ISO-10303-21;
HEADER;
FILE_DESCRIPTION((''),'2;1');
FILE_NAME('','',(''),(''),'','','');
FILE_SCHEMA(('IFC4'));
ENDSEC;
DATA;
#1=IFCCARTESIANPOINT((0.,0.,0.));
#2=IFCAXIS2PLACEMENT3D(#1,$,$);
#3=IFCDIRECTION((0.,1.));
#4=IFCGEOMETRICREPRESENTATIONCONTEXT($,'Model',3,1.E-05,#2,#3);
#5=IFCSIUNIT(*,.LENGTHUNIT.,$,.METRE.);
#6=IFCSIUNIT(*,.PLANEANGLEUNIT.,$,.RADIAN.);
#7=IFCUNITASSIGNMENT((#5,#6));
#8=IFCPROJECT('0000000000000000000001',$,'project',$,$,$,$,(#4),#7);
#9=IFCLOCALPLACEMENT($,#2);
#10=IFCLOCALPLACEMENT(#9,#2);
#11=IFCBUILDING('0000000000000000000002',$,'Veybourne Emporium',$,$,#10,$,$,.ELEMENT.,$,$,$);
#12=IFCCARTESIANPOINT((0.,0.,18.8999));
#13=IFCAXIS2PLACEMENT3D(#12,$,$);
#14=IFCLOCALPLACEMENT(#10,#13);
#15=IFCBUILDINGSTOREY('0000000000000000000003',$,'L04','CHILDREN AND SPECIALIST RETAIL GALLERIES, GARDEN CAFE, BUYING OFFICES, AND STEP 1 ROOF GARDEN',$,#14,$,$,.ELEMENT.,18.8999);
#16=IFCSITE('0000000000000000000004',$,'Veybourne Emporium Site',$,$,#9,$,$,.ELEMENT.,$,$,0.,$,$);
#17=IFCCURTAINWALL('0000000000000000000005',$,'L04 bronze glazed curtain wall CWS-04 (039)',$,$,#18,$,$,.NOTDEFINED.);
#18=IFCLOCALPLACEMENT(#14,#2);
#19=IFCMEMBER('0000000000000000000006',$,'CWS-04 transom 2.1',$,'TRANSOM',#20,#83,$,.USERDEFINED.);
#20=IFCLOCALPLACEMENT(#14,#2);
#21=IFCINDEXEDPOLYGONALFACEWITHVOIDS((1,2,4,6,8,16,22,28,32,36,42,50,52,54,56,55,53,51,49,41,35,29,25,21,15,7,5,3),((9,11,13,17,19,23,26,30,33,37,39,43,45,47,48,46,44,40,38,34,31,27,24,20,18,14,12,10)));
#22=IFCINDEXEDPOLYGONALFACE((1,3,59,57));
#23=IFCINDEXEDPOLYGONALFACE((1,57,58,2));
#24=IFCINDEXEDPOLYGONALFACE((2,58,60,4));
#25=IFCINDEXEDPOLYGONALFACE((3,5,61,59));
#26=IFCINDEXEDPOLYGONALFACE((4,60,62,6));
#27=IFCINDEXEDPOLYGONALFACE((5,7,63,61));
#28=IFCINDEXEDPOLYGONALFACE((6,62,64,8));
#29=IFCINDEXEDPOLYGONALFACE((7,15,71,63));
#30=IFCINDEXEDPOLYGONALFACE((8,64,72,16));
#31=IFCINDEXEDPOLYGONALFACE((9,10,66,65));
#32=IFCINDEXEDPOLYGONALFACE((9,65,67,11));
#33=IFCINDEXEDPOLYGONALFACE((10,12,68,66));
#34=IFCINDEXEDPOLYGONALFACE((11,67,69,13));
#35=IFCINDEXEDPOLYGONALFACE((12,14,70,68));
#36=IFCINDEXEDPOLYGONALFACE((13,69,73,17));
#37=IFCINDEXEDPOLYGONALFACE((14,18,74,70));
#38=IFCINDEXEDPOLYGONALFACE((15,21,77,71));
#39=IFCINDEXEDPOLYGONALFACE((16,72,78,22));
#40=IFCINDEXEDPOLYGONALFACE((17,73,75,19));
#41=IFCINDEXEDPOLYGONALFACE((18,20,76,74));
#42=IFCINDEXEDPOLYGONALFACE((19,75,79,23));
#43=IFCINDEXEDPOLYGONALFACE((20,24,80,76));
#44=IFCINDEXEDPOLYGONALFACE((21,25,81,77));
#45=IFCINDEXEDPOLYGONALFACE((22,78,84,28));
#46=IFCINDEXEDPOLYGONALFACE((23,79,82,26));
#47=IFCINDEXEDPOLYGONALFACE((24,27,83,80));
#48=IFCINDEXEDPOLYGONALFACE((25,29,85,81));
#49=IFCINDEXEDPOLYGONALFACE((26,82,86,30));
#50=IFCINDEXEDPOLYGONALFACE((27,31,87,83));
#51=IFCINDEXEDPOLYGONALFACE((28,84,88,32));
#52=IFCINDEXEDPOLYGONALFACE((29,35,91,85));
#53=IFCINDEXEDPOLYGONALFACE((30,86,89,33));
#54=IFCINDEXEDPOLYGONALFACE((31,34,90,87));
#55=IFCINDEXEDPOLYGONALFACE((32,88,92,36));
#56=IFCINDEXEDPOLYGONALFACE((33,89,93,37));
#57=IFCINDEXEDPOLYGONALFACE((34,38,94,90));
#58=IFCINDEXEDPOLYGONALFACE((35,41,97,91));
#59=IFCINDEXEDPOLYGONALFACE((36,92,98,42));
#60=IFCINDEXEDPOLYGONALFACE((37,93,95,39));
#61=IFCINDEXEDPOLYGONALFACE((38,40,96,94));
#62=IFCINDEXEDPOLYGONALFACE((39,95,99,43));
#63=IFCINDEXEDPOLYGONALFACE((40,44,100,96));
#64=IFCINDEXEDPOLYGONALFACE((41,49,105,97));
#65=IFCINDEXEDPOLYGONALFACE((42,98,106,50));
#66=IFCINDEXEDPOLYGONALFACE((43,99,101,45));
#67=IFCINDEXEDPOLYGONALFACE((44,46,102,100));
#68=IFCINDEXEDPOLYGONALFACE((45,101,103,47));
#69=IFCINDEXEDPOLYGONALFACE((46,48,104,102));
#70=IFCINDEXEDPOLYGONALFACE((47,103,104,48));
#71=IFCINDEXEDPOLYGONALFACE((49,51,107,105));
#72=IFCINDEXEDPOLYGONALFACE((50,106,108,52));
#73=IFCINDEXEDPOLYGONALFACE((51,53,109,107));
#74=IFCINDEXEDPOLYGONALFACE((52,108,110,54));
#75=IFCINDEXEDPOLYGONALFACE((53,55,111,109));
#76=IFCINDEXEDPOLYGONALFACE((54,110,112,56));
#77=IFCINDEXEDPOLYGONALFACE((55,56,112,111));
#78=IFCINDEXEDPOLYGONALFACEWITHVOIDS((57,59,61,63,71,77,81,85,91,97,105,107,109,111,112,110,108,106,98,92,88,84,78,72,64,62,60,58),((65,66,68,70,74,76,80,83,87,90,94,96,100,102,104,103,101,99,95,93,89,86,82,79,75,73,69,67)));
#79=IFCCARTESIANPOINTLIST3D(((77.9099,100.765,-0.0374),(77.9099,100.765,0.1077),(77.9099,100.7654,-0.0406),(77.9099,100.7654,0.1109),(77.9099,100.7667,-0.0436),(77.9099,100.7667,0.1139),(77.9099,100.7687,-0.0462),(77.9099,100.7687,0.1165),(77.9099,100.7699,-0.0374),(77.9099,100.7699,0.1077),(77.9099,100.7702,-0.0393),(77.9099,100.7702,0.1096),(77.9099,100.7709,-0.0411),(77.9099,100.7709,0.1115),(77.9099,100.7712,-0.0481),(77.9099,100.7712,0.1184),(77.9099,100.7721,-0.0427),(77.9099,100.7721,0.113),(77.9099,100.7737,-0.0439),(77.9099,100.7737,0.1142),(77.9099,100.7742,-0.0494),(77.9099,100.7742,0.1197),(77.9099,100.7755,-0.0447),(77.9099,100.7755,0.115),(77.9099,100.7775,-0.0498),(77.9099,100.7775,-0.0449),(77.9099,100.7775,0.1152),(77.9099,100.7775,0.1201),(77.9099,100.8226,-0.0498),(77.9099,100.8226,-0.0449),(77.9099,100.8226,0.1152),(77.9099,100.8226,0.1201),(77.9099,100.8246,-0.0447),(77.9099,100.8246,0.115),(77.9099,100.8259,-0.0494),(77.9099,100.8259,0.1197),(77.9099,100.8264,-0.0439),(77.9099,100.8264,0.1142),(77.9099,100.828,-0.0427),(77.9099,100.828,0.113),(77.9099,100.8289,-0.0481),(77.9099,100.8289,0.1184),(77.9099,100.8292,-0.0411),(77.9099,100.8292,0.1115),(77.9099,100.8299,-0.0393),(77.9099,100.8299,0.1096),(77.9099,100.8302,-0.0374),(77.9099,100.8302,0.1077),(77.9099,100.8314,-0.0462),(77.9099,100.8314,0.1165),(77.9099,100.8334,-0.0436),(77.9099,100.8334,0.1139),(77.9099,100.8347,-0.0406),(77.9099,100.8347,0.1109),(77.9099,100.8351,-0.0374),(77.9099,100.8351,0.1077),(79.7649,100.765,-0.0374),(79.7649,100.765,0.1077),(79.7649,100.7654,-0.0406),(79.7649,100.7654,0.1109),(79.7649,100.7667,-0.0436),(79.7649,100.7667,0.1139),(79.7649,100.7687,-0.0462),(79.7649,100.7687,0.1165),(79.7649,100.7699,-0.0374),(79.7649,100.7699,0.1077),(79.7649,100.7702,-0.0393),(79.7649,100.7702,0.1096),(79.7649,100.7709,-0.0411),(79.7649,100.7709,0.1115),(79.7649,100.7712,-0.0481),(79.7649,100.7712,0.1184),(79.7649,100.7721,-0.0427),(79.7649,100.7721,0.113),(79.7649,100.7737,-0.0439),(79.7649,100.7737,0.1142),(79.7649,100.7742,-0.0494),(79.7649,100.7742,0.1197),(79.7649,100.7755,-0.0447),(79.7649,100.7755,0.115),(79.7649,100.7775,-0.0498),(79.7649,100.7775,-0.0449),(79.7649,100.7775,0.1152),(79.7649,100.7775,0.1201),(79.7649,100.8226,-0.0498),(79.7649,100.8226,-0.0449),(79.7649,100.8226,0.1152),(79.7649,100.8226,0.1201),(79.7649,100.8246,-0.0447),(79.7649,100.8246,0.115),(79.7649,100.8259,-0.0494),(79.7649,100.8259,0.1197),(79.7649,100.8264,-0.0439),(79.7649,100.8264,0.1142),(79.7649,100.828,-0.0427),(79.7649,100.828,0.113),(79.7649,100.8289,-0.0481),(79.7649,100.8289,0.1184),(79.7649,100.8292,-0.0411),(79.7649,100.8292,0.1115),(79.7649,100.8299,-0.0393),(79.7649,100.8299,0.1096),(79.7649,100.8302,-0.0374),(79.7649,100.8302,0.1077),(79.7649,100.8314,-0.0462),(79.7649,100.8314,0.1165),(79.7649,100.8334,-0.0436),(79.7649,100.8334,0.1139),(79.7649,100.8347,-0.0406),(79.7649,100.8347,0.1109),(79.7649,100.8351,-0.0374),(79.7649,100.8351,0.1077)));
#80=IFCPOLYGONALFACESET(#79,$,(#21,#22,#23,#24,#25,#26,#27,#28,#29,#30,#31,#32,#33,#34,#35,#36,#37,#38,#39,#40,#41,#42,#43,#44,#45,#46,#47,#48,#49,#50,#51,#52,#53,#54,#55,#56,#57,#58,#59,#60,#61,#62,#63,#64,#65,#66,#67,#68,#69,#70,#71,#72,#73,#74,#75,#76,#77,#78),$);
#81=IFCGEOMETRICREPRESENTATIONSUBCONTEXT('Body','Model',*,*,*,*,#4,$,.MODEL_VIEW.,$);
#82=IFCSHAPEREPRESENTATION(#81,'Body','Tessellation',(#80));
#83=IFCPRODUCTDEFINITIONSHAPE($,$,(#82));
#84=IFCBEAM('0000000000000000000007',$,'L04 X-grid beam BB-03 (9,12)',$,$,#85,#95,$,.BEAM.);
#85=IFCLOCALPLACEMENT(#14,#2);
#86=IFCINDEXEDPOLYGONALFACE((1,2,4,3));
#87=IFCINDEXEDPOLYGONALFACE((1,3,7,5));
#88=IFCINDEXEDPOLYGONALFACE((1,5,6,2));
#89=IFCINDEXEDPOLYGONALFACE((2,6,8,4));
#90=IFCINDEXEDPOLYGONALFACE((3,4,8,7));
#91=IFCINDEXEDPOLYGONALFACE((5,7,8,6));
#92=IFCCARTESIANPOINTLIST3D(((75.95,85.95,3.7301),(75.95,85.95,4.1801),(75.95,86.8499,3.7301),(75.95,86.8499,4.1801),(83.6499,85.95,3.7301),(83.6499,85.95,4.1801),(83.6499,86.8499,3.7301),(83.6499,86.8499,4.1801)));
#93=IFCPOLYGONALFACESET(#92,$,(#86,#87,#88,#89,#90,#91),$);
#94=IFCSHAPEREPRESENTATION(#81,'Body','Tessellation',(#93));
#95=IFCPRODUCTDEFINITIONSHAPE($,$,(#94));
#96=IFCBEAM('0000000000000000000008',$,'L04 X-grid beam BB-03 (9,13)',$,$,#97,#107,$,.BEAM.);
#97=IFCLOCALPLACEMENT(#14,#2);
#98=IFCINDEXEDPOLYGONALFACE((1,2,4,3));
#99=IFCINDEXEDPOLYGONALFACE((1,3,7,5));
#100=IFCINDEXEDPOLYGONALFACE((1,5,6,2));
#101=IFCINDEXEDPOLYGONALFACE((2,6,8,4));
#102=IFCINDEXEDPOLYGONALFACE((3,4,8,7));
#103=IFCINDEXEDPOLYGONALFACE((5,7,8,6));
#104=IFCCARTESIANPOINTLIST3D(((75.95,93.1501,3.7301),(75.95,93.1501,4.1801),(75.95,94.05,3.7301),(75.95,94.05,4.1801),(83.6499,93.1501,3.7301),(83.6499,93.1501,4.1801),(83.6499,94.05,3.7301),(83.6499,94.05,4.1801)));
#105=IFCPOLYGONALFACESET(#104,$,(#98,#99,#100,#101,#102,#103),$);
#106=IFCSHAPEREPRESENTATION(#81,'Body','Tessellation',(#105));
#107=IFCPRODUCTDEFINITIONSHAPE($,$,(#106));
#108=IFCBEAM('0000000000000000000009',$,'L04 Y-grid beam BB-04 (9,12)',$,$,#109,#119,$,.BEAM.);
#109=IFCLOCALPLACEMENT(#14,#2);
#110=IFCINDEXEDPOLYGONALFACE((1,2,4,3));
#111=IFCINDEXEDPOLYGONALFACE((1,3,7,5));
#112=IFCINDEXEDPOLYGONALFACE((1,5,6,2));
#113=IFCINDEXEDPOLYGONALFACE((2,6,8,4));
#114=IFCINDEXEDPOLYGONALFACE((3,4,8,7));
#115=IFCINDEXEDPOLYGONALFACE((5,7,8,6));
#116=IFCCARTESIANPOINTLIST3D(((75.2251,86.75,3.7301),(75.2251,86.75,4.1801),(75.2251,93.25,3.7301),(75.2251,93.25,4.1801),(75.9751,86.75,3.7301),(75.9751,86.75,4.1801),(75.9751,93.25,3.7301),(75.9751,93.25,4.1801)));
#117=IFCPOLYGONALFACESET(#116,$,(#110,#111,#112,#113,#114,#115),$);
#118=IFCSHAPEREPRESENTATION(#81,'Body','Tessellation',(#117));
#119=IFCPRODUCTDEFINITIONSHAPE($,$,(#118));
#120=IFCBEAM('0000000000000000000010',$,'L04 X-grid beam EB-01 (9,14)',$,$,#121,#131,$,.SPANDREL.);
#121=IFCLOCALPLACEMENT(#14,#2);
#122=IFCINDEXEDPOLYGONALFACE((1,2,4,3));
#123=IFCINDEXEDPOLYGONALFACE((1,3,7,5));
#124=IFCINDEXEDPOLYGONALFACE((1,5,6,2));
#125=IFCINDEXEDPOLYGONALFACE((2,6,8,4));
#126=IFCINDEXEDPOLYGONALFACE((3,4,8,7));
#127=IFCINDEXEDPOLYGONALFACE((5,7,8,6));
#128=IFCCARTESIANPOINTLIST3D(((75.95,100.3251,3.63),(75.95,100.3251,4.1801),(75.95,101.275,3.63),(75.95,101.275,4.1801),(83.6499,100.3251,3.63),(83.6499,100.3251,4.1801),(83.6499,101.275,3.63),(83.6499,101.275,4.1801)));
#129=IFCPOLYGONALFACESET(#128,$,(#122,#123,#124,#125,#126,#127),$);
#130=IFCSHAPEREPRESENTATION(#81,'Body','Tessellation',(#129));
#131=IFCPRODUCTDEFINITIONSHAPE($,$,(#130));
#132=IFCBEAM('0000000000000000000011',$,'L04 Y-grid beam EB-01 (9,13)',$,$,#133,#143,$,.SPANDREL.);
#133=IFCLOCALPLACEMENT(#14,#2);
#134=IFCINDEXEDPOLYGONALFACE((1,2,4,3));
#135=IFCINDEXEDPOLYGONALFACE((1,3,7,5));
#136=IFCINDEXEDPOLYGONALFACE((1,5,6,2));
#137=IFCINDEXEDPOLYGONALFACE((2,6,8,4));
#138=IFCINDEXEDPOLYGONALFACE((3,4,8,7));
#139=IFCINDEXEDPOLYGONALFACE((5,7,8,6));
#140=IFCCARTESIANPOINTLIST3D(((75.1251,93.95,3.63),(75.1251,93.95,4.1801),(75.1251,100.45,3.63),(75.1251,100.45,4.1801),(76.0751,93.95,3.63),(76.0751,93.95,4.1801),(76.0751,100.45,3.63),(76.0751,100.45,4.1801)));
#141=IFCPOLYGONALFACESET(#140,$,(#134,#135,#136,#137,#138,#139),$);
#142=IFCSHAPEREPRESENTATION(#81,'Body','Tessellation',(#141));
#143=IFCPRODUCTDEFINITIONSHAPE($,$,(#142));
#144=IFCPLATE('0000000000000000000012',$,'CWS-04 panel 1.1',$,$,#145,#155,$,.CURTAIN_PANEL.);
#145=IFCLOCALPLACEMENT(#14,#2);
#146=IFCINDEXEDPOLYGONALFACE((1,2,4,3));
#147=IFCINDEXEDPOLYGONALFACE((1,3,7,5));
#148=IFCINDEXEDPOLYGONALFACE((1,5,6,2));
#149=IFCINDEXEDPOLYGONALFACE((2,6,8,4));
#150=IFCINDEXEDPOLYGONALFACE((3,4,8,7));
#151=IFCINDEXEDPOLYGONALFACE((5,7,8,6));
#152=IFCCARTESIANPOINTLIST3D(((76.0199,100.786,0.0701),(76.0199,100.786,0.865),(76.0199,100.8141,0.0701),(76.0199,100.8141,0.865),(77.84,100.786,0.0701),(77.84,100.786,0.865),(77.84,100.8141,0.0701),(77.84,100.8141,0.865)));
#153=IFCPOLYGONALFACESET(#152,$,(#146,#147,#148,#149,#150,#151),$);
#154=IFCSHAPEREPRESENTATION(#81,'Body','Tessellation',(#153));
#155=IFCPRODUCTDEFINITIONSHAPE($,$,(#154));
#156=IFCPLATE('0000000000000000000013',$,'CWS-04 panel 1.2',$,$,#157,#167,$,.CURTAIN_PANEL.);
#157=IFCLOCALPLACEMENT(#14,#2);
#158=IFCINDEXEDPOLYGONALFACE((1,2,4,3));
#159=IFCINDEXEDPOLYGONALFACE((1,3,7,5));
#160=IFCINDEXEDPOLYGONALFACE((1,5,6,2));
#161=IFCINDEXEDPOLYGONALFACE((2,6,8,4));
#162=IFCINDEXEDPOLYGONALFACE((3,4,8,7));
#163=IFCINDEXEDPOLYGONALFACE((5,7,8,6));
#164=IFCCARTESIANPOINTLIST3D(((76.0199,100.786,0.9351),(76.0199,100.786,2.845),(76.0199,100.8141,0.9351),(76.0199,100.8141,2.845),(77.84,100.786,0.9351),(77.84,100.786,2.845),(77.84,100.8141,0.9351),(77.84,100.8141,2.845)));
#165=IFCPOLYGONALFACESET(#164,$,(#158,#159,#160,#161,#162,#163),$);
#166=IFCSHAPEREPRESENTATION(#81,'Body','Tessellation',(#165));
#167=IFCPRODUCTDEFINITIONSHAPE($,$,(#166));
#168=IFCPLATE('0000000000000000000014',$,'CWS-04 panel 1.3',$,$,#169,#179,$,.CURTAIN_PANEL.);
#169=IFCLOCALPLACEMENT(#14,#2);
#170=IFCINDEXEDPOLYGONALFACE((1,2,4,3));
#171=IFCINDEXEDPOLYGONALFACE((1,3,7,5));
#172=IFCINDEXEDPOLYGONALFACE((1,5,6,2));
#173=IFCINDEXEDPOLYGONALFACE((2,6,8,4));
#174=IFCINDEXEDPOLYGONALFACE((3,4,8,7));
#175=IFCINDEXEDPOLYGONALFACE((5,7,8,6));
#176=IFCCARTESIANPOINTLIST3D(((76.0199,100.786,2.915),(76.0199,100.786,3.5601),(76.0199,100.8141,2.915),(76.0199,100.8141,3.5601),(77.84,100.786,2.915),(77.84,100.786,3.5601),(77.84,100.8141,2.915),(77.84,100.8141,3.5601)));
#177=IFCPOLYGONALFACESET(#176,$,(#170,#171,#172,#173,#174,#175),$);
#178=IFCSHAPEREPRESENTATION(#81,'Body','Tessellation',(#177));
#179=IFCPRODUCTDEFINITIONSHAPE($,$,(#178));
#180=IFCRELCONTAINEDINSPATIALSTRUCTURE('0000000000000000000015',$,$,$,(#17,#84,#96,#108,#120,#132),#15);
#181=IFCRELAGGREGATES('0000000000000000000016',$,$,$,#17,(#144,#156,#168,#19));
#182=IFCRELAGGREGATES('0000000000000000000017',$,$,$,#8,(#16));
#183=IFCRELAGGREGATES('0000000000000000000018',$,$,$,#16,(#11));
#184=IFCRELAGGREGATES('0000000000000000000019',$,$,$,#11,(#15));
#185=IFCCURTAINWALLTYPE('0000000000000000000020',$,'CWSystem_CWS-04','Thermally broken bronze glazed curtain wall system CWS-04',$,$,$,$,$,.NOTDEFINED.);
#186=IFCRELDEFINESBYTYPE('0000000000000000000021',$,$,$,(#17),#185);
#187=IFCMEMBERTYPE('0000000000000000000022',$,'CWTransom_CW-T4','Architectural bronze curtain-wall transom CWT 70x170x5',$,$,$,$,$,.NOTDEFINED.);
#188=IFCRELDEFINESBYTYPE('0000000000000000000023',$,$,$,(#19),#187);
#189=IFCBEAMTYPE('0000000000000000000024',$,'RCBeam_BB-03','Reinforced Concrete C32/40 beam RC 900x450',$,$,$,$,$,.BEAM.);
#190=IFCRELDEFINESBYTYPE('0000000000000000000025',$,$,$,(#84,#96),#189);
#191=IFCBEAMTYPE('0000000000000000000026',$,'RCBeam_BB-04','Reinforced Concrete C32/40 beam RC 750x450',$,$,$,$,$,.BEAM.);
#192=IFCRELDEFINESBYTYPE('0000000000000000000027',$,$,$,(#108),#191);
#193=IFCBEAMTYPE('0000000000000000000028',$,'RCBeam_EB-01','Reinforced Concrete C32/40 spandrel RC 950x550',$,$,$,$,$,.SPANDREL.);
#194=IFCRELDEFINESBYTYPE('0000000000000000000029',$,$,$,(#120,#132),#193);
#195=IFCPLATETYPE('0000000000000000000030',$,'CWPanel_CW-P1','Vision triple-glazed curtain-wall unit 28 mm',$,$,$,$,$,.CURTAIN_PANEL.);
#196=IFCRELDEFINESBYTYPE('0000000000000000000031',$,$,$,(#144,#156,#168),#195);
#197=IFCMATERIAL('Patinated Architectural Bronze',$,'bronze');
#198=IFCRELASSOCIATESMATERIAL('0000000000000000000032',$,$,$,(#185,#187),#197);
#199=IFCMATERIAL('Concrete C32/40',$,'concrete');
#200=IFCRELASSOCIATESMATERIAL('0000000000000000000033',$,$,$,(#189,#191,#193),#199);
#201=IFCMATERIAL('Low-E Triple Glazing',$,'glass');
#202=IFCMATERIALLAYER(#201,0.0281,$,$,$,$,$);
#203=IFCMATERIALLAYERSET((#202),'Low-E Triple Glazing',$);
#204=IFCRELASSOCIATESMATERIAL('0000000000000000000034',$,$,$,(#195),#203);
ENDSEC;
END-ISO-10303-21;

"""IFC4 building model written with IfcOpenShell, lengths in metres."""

from ifc_helpers import new_model, si_unit, direction, frame, origin, origin_2d, place, context, subcontext, project, spatial, rectangle, hollow_rectangle, extrude, material, layer, layer_set, material_profile, profile_set, type_object, element, aggregate, save


model = new_model("IFC4")

# Units and contexts
model_context = context("Model", 3, precision=1e-05, world=origin(), true_north=direction((0.0, 1.0)))
body_context = subcontext(model_context, "Body", "Model", "MODEL_VIEW")
ifc_project = project(units=[si_unit("LENGTHUNIT", "METRE"), si_unit("PLANEANGLEUNIT", "RADIAN")], contexts=[model_context])

# Site, building, storey
site_placement = place(None, origin())
site = spatial("IfcSite", under=ifc_project, at=site_placement, Name="Veybourne Emporium Site", CompositionType="ELEMENT", RefElevation=0.0)
building_placement = place(site_placement, origin())
building = spatial("IfcBuilding", under=site, at=building_placement, Name="Veybourne Emporium", CompositionType="ELEMENT")
storey_placement = place(building_placement, frame((0.0, 0.0, 18.8999)))
storey = spatial("IfcBuildingStorey", under=building, at=storey_placement, Name="L04", Description="CHILDREN AND SPECIALIST RETAIL GALLERIES, GARDEN CAFE, BUYING OFFICES, AND STEP 1 ROOF GARDEN", CompositionType="ELEMENT", Elevation=18.8999)

# Curtain wall, member
ifc_material_1 = material(Name="Patinated Architectural Bronze", Category="bronze")
curtain_wall_type = type_object("IfcCurtainWallType", Name="CWSystem_CWS-04", Description="Thermally broken bronze glazed curtain wall system CWS-04", PredefinedType="NOTDEFINED", material=ifc_material_1)
curtain_wall_placement = place(storey_placement, origin())
curtain_wall = element("IfcCurtainWall", 1, at=curtain_wall_placement, inside=storey, type_object=curtain_wall_type, Name="L04 bronze glazed curtain wall CWS-04 (039)", PredefinedType="NOTDEFINED")
ifc_material_profile_1 = material_profile(ifc_material_1, hollow_rectangle(XDim=0.0701, YDim=0.1699, WallThickness=0.0049, InnerFilletRadius=0.0076, OuterFilletRadius=0.0125, at=origin_2d()), Name="CWT 70x170x5")
ifc_profile_set_1 = profile_set([ifc_material_profile_1], Name="Patinated Architectural Bronze")
member_type_1 = type_object("IfcMemberType", Name="CWTransom_CW-T4", Description="Architectural bronze curtain-wall transom CWT 70x170x5", PredefinedType="NOTDEFINED", material=ifc_profile_set_1)
member_1_placement = place(storey_placement, frame((77.9099, 100.8, 0.0352), z_axis=(1.0, 0.0, 0.0), x_axis=(0.0, 1.0, 0.0)))
member_1 = element("IfcMember", 2, at=member_1_placement, type_object=member_type_1, Name="CWS-04 transom 2.1", ObjectType="TRANSOM", PredefinedType="USERDEFINED", context=body_context, shape_type="SweptSolid", body=[
    extrude(hollow_rectangle(XDim=0.0701, YDim=0.1699, WallThickness=0.0049, InnerFilletRadius=0.0076, OuterFilletRadius=0.0125, at=origin_2d()), origin(), (0.0, 0.0, 1.0), 1.855),
])

# Beams
ifc_material_2 = material(Name="Concrete C32/40", Category="concrete")
ifc_material_profile_2 = material_profile(ifc_material_2, rectangle(XDim=0.8999, YDim=0.45, at=origin_2d()), Name="RC 900x450")
ifc_profile_set_2 = profile_set([ifc_material_profile_2], Name="Concrete C32/40")
beam_type_1 = type_object("IfcBeamType", Name="RCBeam_BB-03", Description="Reinforced Concrete C32/40 beam RC 900x450", PredefinedType="BEAM", material=ifc_profile_set_2)
for number, where, z_axis, x_axis, name in (
    (3, (75.95, 86.3999, 3.9551), (1.0, 0.0, 0.0), (0.0, 1.0, 0.0), "L04 X-grid beam BB-03 (9,12)"),
    (4, (75.95, 93.6001, 3.9551), (1.0, 0.0, 0.0), (0.0, 1.0, 0.0), "L04 X-grid beam BB-03 (9,13)"),
):
    element("IfcBeam", number, at=place(storey_placement, frame(where, z_axis=z_axis, x_axis=x_axis)), inside=storey, type_object=beam_type_1, Name=name, PredefinedType="BEAM", context=body_context, shape_type="SweptSolid", body=[
        extrude(rectangle(XDim=0.8999, YDim=0.45, at=origin_2d()), origin(), (0.0, 0.0, 1.0), 7.7),
    ])
ifc_material_profile_3 = material_profile(ifc_material_2, rectangle(XDim=0.75, YDim=0.45, at=origin_2d()), Name="RC 750x450")
ifc_profile_set_3 = profile_set([ifc_material_profile_3], Name="Concrete C32/40")
beam_type_2 = type_object("IfcBeamType", Name="RCBeam_BB-04", Description="Reinforced Concrete C32/40 beam RC 750x450", PredefinedType="BEAM", material=ifc_profile_set_3)
beam_1_placement = place(storey_placement, frame((75.6001, 86.75, 3.9551), z_axis=(0.0, 1.0, 0.0), x_axis=(-1.0, 0.0, 0.0)))
element("IfcBeam", 5, at=beam_1_placement, inside=storey, type_object=beam_type_2, Name="L04 Y-grid beam BB-04 (9,12)", PredefinedType="BEAM", context=body_context, shape_type="SweptSolid", body=[
    extrude(rectangle(XDim=0.75, YDim=0.45, at=origin_2d()), origin(), (0.0, 0.0, 1.0), 6.5),
])
ifc_material_profile_4 = material_profile(ifc_material_2, rectangle(XDim=0.95, YDim=0.55, at=origin_2d()), Name="RC 950x550")
ifc_profile_set_4 = profile_set([ifc_material_profile_4], Name="Concrete C32/40")
beam_type_3 = type_object("IfcBeamType", Name="RCBeam_EB-01", Description="Reinforced Concrete C32/40 spandrel RC 950x550", PredefinedType="SPANDREL", material=ifc_profile_set_4)
beam_2_placement = place(storey_placement, frame((75.95, 100.8, 3.905), z_axis=(1.0, 0.0, 0.0), x_axis=(0.0, 1.0, 0.0)))
element("IfcBeam", 6, at=beam_2_placement, inside=storey, type_object=beam_type_3, Name="L04 X-grid beam EB-01 (9,14)", PredefinedType="SPANDREL", context=body_context, shape_type="SweptSolid", body=[
    extrude(rectangle(XDim=0.95, YDim=0.55, at=origin_2d()), origin(), (0.0, 0.0, 1.0), 7.7),
])
beam_3_placement = place(storey_placement, frame((75.6001, 93.95, 3.905), z_axis=(0.0, 1.0, 0.0), x_axis=(-1.0, 0.0, 0.0)))
element("IfcBeam", 7, at=beam_3_placement, inside=storey, type_object=beam_type_3, Name="L04 Y-grid beam EB-01 (9,13)", PredefinedType="SPANDREL", context=body_context, shape_type="SweptSolid", body=[
    extrude(rectangle(XDim=0.95, YDim=0.55, at=origin_2d()), origin(), (0.0, 0.0, 1.0), 6.5),
])

# Plates
ifc_material_3 = material(Name="Low-E Triple Glazing", Category="glass")
ifc_layer_1 = layer(ifc_material_3, 0.0281)
ifc_layer_set_1 = layer_set([ifc_layer_1], Name="Low-E Triple Glazing")
plate_type = type_object("IfcPlateType", Name="CWPanel_CW-P1", Description="Vision triple-glazed curtain-wall unit 28 mm", PredefinedType="CURTAIN_PANEL", material=ifc_layer_set_1)
plate_1_placement = place(storey_placement, frame((76.9299, 100.8, 0.0701), z_axis=(0.0, 0.0, 1.0), x_axis=(1.0, 0.0, 0.0)))
plate_1 = element("IfcPlate", 8, at=plate_1_placement, type_object=plate_type, Name="CWS-04 panel 1.1", PredefinedType="CURTAIN_PANEL", context=body_context, shape_type="SweptSolid", body=[
    extrude(rectangle(XDim=1.8201, YDim=0.0281, at=origin_2d()), origin(), (0.0, 0.0, 1.0), 0.7949),
])
plate_2_placement = place(storey_placement, frame((76.9299, 100.8, 0.9351), z_axis=(0.0, 0.0, 1.0), x_axis=(1.0, 0.0, 0.0)))
plate_2 = element("IfcPlate", 9, at=plate_2_placement, type_object=plate_type, Name="CWS-04 panel 1.2", PredefinedType="CURTAIN_PANEL", context=body_context, shape_type="SweptSolid", body=[
    extrude(rectangle(XDim=1.8201, YDim=0.0281, at=origin_2d()), origin(), (0.0, 0.0, 1.0), 1.9099),
])
plate_3_placement = place(storey_placement, frame((76.9299, 100.8, 2.915), z_axis=(0.0, 0.0, 1.0), x_axis=(1.0, 0.0, 0.0)))
plate_3 = element("IfcPlate", 10, at=plate_3_placement, type_object=plate_type, Name="CWS-04 panel 1.3", PredefinedType="CURTAIN_PANEL", context=body_context, shape_type="SweptSolid", body=[
    extrude(rectangle(XDim=1.8201, YDim=0.0281, at=origin_2d()), origin(), (0.0, 0.0, 1.0), 0.645),
])
aggregate(curtain_wall, [plate_1, plate_2, plate_3, member_1])

save(model, "model.ifc")
